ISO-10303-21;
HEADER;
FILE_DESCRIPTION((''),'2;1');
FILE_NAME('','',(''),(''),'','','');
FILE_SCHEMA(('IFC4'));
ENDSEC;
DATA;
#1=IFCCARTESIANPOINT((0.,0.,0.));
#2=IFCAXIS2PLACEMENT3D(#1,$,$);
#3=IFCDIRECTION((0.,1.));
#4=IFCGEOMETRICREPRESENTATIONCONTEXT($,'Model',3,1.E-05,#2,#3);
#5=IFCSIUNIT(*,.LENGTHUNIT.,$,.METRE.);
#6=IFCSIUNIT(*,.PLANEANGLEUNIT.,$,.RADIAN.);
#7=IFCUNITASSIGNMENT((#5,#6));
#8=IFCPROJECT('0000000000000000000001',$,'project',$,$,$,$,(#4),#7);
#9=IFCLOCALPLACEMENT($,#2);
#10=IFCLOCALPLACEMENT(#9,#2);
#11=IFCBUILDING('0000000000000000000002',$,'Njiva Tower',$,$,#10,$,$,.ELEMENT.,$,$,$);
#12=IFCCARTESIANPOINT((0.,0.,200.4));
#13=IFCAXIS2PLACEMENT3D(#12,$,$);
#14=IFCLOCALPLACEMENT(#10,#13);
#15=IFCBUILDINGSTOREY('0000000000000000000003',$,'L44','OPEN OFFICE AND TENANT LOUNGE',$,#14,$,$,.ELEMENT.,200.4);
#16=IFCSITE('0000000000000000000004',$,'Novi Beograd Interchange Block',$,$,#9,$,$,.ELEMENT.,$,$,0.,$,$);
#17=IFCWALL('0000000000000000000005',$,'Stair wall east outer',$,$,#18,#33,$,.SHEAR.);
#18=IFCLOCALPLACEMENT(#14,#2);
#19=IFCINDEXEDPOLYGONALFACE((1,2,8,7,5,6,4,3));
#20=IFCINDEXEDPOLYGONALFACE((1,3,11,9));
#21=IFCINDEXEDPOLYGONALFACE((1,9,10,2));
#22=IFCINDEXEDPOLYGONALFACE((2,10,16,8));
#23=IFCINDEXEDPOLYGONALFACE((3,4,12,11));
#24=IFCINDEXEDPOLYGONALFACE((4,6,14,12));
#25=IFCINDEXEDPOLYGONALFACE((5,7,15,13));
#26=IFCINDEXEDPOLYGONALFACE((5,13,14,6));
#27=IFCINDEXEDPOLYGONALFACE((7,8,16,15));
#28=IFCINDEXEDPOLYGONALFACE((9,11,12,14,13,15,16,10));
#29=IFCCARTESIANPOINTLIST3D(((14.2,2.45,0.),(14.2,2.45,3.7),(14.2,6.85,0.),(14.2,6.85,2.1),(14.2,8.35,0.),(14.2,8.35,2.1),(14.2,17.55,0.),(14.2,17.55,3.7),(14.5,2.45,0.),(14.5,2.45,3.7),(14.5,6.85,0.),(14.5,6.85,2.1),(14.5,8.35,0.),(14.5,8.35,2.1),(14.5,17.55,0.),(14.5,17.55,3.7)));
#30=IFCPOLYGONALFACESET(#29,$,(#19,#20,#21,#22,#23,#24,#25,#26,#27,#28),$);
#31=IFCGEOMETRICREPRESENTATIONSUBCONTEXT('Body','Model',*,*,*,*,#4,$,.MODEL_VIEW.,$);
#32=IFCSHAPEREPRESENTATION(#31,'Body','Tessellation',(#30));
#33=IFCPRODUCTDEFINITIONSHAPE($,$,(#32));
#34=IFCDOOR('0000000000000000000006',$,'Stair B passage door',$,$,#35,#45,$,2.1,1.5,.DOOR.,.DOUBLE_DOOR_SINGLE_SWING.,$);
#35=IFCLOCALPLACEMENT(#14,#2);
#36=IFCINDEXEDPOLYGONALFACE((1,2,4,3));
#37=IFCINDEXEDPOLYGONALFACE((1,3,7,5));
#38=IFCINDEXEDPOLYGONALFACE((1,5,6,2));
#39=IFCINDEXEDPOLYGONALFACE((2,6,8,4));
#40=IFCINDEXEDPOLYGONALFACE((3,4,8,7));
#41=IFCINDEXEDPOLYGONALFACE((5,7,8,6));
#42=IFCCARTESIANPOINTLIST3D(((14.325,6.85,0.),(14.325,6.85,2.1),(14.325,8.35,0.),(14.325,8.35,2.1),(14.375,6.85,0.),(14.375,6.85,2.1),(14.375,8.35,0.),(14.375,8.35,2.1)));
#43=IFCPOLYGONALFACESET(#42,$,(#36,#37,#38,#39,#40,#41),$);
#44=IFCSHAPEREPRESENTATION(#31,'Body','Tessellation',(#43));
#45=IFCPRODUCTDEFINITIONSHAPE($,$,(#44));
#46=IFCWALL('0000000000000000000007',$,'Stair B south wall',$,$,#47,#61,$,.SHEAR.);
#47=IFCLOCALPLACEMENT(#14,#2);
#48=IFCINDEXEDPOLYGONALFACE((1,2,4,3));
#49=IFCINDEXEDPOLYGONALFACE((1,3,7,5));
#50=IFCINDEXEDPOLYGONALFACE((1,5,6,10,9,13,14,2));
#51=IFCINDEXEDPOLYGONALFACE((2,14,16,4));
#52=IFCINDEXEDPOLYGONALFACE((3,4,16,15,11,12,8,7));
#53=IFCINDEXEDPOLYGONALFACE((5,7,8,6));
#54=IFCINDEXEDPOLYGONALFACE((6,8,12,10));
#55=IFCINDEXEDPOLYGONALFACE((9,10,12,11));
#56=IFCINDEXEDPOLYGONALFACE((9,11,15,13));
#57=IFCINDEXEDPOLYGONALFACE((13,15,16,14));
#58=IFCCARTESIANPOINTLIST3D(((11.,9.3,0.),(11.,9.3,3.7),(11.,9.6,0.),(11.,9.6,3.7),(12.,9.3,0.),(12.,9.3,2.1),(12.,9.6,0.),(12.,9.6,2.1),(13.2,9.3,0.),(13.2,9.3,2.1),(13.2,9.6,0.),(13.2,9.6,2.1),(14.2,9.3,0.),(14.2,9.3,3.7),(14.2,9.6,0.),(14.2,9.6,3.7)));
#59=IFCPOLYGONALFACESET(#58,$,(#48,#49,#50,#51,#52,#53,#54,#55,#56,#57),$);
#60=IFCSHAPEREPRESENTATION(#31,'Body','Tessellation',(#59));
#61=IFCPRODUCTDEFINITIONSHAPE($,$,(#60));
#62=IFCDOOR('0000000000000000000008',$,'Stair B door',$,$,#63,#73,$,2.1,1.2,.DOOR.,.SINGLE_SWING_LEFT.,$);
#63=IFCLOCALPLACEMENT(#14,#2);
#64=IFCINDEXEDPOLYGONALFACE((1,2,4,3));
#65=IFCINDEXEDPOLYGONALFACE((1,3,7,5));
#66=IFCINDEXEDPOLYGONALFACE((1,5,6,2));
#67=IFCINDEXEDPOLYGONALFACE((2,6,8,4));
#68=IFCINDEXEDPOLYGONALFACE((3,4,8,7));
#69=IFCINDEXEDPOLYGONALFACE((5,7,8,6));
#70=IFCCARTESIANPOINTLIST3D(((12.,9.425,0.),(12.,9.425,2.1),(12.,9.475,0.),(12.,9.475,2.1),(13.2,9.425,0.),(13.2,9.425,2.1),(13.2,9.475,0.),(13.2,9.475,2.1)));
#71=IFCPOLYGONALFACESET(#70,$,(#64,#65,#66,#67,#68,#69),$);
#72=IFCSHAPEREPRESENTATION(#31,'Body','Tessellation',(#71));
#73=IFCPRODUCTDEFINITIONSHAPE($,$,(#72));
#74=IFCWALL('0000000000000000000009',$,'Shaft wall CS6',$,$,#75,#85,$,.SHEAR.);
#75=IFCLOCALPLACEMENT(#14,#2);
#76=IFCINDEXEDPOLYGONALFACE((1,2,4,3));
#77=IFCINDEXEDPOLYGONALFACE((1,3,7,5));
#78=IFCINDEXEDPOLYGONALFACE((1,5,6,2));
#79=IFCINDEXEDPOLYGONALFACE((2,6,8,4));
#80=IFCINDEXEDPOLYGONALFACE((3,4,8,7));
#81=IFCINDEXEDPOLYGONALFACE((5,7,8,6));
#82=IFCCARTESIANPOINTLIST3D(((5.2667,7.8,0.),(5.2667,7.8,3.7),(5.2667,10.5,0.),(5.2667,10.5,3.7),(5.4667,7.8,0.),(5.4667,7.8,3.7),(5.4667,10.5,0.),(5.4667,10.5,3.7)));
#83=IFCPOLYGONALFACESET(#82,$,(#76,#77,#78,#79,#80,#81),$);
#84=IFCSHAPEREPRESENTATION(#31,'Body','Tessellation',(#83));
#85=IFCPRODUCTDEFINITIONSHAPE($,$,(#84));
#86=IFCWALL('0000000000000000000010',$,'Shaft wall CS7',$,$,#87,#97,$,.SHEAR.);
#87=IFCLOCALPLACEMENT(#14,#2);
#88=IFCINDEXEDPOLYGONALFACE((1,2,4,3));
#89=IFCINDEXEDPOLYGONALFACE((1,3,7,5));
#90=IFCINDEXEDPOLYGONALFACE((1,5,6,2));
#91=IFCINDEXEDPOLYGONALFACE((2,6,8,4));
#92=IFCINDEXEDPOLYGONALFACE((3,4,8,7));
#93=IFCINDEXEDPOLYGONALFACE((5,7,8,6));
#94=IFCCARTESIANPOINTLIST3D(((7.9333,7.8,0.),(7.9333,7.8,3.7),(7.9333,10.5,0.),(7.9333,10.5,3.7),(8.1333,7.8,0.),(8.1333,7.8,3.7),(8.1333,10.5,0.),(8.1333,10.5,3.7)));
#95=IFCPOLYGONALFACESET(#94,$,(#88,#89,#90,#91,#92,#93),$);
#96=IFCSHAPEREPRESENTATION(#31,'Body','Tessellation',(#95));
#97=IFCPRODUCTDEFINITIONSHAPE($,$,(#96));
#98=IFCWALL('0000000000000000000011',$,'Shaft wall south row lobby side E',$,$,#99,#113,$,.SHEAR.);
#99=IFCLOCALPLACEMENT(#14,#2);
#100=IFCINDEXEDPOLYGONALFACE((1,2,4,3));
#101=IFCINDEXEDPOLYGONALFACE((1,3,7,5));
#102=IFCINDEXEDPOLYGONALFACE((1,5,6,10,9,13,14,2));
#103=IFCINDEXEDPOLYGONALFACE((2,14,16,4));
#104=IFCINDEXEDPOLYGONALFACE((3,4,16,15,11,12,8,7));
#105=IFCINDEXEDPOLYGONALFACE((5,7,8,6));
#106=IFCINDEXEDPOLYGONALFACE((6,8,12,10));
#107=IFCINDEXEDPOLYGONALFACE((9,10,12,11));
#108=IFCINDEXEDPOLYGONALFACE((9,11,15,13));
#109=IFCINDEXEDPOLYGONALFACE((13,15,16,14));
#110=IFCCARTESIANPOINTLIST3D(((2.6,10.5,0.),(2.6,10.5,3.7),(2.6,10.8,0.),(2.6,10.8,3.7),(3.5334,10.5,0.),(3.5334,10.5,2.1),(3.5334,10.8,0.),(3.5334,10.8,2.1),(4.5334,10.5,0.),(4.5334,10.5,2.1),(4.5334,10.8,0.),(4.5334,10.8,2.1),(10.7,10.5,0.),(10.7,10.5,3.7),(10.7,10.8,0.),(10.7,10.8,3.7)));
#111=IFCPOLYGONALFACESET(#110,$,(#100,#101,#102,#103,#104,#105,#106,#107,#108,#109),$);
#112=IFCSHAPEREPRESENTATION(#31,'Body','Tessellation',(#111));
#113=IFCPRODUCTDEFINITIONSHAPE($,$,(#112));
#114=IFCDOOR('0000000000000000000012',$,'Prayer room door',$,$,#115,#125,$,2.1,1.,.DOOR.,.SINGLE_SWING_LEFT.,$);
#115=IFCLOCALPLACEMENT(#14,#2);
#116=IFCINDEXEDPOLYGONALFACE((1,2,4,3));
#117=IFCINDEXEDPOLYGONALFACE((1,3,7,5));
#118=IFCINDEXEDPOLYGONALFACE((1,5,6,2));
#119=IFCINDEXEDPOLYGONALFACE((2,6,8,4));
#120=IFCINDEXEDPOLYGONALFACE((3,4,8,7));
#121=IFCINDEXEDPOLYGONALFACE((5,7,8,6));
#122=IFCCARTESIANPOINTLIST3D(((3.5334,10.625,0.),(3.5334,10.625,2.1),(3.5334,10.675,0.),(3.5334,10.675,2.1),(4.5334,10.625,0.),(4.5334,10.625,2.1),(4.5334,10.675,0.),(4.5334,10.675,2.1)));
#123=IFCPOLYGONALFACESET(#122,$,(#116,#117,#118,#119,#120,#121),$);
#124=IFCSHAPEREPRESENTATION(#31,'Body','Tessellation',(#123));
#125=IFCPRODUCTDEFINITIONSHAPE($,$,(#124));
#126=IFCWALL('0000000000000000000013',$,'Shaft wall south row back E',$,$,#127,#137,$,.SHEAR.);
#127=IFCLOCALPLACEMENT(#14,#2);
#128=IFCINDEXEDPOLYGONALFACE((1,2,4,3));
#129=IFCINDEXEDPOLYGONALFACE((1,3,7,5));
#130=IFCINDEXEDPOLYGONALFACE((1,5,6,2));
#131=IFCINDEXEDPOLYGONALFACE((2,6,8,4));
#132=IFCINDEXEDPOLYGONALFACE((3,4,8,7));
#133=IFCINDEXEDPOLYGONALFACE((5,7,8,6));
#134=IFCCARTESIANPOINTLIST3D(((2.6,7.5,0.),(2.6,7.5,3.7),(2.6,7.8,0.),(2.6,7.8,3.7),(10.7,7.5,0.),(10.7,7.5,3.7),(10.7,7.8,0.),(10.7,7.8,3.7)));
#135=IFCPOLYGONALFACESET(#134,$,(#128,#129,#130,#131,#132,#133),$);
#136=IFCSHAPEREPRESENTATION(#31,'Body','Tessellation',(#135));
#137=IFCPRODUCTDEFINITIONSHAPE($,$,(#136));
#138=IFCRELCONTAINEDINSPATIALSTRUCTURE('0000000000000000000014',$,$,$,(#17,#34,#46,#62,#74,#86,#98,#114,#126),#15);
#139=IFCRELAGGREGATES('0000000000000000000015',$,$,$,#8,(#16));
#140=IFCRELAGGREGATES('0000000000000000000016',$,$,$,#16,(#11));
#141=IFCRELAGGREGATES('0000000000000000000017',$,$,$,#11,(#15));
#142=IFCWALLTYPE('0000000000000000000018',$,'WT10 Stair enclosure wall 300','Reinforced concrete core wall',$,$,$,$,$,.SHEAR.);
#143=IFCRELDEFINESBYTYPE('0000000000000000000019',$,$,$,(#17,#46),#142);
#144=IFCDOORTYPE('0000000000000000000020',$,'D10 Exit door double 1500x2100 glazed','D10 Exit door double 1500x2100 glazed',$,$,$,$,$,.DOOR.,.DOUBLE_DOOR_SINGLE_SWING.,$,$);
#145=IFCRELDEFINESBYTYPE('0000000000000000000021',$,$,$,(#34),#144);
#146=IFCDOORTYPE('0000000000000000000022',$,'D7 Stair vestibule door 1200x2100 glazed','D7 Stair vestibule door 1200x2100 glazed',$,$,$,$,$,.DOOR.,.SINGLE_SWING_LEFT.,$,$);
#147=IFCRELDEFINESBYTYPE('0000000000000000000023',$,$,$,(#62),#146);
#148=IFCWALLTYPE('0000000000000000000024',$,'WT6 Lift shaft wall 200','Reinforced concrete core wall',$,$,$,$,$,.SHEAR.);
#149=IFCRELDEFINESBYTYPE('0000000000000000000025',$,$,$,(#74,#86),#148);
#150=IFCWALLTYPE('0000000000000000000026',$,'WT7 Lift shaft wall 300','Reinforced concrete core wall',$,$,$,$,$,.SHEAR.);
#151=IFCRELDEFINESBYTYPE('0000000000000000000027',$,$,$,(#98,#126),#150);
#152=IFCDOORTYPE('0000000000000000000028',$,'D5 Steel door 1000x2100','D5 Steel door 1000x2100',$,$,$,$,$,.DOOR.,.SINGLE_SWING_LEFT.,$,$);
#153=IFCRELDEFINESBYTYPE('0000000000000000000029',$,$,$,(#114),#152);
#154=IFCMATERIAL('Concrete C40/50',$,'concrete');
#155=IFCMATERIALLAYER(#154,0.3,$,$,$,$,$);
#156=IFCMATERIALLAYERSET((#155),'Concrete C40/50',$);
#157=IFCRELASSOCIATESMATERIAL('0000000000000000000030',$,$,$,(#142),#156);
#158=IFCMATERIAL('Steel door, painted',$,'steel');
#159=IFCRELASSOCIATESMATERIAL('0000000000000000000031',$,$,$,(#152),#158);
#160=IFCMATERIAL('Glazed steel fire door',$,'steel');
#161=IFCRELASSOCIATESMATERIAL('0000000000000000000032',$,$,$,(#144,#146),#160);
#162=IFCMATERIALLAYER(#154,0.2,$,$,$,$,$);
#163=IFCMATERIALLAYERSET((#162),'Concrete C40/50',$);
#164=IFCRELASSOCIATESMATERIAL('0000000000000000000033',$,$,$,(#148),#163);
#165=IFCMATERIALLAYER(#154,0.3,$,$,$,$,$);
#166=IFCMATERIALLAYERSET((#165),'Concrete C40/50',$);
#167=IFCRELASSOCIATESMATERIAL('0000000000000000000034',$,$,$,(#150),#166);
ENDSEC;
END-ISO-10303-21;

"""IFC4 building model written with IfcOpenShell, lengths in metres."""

from ifc_helpers import new_model, si_unit, direction, frame, frame_2d, origin, place, context, subcontext, project, spatial, rectangle, extrude, material, layer, layer_set, type_object, element, fill, save


model = new_model("IFC4")

# Units and contexts
model_context = context("Model", 3, precision=1e-05, world=origin(), true_north=direction((0.0, 1.0)))
body_context = subcontext(model_context, "Body", "Model", "MODEL_VIEW")
ifc_project = project(units=[si_unit("LENGTHUNIT", "METRE"), si_unit("PLANEANGLEUNIT", "RADIAN")], contexts=[model_context])

# Site, building, storey
site_placement = place(None, origin())
site = spatial("IfcSite", under=ifc_project, at=site_placement, Name="Novi Beograd Interchange Block", CompositionType="ELEMENT", RefElevation=0.0)
building_placement = place(site_placement, origin())
building = spatial("IfcBuilding", under=site, at=building_placement, Name="Njiva Tower", CompositionType="ELEMENT")
storey_placement = place(building_placement, frame((0.0, 0.0, 200.4)))
storey = spatial("IfcBuildingStorey", under=building, at=storey_placement, Name="L44", Description="OPEN OFFICE AND TENANT LOUNGE", CompositionType="ELEMENT", Elevation=200.4)

# Shared definitions
ifc_material_1 = material(Name="Concrete C40/50", Category="concrete")
ifc_layer_1 = layer(ifc_material_1, 0.3)
ifc_layer_set_1 = layer_set([ifc_layer_1], Name="Concrete C40/50")
wall_type_1 = type_object("IfcWallType", Name="WT10 Stair enclosure wall 300", Description="Reinforced concrete core wall", PredefinedType="SHEAR", material=ifc_layer_set_1)
ifc_material_2 = material(Name="Steel door, painted", Category="steel")
door_type_1 = type_object("IfcDoorType", Name="D5 Steel door 1000x2100", Description="D5 Steel door 1000x2100", OperationType="SINGLE_SWING_LEFT", PredefinedType="DOOR", material=ifc_material_2)
ifc_material_3 = material(Name="Glazed steel fire door", Category="steel")

# Walls, openings, doors
wall_1_placement = place(storey_placement, frame((14.35, 2.45, 0.0), z_axis=(0.0, 0.0, 1.0), x_axis=(0.0, 1.0, 0.0)))
wall_1 = element("IfcWall", 1, at=wall_1_placement, inside=storey, type_object=wall_type_1, Name="Stair wall east outer", PredefinedType="SHEAR", context=body_context, shape_type="SweptSolid", body=[
    extrude(rectangle(XDim=15.1, YDim=0.3, at=frame_2d((7.55, 0.0))), origin(), (0.0, 0.0, 1.0), 3.7),
])
opening_1_placement = place(wall_1_placement, frame((4.4, 0.0, 0.0)))
opening_1 = element("IfcOpeningElement", 2, at=opening_1_placement, cuts=wall_1, PredefinedType="OPENING", context=body_context, shape_type="SweptSolid", body=[
    extrude(rectangle(XDim=1.5, YDim=2.1, at=frame_2d((0.75, 1.05))), frame((0.0, 0.16, 0.0), z_axis=(0.0, -1.0, 0.0), x_axis=(1.0, 0.0, 0.0)), (0.0, 0.0, 1.0), 0.32),
])
door_type_2 = type_object("IfcDoorType", Name="D10 Exit door double 1500x2100 glazed", Description="D10 Exit door double 1500x2100 glazed", OperationType="DOUBLE_DOOR_SINGLE_SWING", PredefinedType="DOOR", material=ifc_material_3)
door_1_placement = place(opening_1_placement, origin())
door_1 = element("IfcDoor", 3, at=door_1_placement, inside=storey, type_object=door_type_2, Name="Stair B passage door", OperationType="DOUBLE_DOOR_SINGLE_SWING", OverallHeight=2.1, OverallWidth=1.5, PredefinedType="DOOR", context=body_context, shape_type="SweptSolid", body=[
    extrude(rectangle(XDim=1.5, YDim=2.1, at=frame_2d((0.75, 1.05))), frame((0.0, 0.025, 0.0), z_axis=(0.0, -1.0, 0.0), x_axis=(1.0, 0.0, 0.0)), (0.0, 0.0, 1.0), 0.05),
])
fill(opening_1, door_1)
wall_2_placement = place(storey_placement, frame((11.0, 9.45, 0.0), z_axis=(0.0, 0.0, 1.0), x_axis=(1.0, 0.0, 0.0)))
wall_2 = element("IfcWall", 4, at=wall_2_placement, inside=storey, type_object=wall_type_1, Name="Stair B south wall", PredefinedType="SHEAR", context=body_context, shape_type="SweptSolid", body=[
    extrude(rectangle(XDim=3.2, YDim=0.3, at=frame_2d((1.6, 0.0))), origin(), (0.0, 0.0, 1.0), 3.7),
])
opening_2_placement = place(wall_2_placement, frame((1.0, 0.0, 0.0)))
opening_2 = element("IfcOpeningElement", 5, at=opening_2_placement, cuts=wall_2, PredefinedType="OPENING", context=body_context, shape_type="SweptSolid", body=[
    extrude(rectangle(XDim=1.2, YDim=2.1, at=frame_2d((0.6, 1.05))), frame((0.0, 0.16, 0.0), z_axis=(0.0, -1.0, 0.0), x_axis=(1.0, 0.0, 0.0)), (0.0, 0.0, 1.0), 0.32),
])
door_type_3 = type_object("IfcDoorType", Name="D7 Stair vestibule door 1200x2100 glazed", Description="D7 Stair vestibule door 1200x2100 glazed", OperationType="SINGLE_SWING_LEFT", PredefinedType="DOOR", material=ifc_material_3)
door_2_placement = place(opening_2_placement, origin())
door_2 = element("IfcDoor", 6, at=door_2_placement, inside=storey, type_object=door_type_3, Name="Stair B door", OperationType="SINGLE_SWING_LEFT", OverallHeight=2.1, OverallWidth=1.2, PredefinedType="DOOR", context=body_context, shape_type="SweptSolid", body=[
    extrude(rectangle(XDim=1.2, YDim=2.1, at=frame_2d((0.6, 1.05))), frame((0.0, 0.025, 0.0), z_axis=(0.0, -1.0, 0.0), x_axis=(1.0, 0.0, 0.0)), (0.0, 0.0, 1.0), 0.05),
])
fill(opening_2, door_2)

# Walls
ifc_layer_2 = layer(ifc_material_1, 0.2)
ifc_layer_set_2 = layer_set([ifc_layer_2], Name="Concrete C40/50")
wall_type_2 = type_object("IfcWallType", Name="WT6 Lift shaft wall 200", Description="Reinforced concrete core wall", PredefinedType="SHEAR", material=ifc_layer_set_2)
for number, where, z_axis, x_axis, name in (
    (7, (5.3667, 7.8, 0.0), (0.0, 0.0, 1.0), (0.0, 1.0, 0.0), "Shaft wall CS6"),
    (8, (8.0333, 7.8, 0.0), (0.0, 0.0, 1.0), (0.0, 1.0, 0.0), "Shaft wall CS7"),
):
    element("IfcWall", number, at=place(storey_placement, frame(where, z_axis=z_axis, x_axis=x_axis)), inside=storey, type_object=wall_type_2, Name=name, PredefinedType="SHEAR", context=body_context, shape_type="SweptSolid", body=[
        extrude(rectangle(XDim=2.7, YDim=0.2, at=frame_2d((1.35, 0.0))), origin(), (0.0, 0.0, 1.0), 3.7),
    ])

# Wall, opening, door
ifc_layer_3 = layer(ifc_material_1, 0.3)
ifc_layer_set_3 = layer_set([ifc_layer_3], Name="Concrete C40/50")
wall_type_3 = type_object("IfcWallType", Name="WT7 Lift shaft wall 300", Description="Reinforced concrete core wall", PredefinedType="SHEAR", material=ifc_layer_set_3)
wall_3_placement = place(storey_placement, frame((2.6, 10.65, 0.0), z_axis=(0.0, 0.0, 1.0), x_axis=(1.0, 0.0, 0.0)))
wall_3 = element("IfcWall", 9, at=wall_3_placement, inside=storey, type_object=wall_type_3, Name="Shaft wall south row lobby side E", PredefinedType="SHEAR", context=body_context, shape_type="SweptSolid", body=[
    extrude(rectangle(XDim=8.1, YDim=0.3, at=frame_2d((4.05, 0.0))), origin(), (0.0, 0.0, 1.0), 3.7),
])
opening_3_placement = place(wall_3_placement, frame((0.9334, 0.0, 0.0)))
opening_3 = element("IfcOpeningElement", 10, at=opening_3_placement, cuts=wall_3, PredefinedType="OPENING", context=body_context, shape_type="SweptSolid", body=[
    extrude(rectangle(XDim=1.0, YDim=2.1, at=frame_2d((0.5, 1.05))), frame((0.0, 0.16, 0.0), z_axis=(0.0, -1.0, 0.0), x_axis=(1.0, 0.0, 0.0)), (0.0, 0.0, 1.0), 0.32),
])
door_3_placement = place(opening_3_placement, origin())
door_3 = element("IfcDoor", 11, at=door_3_placement, inside=storey, type_object=door_type_1, Name="Prayer room door", OperationType="SINGLE_SWING_LEFT", OverallHeight=2.1, OverallWidth=1.0, PredefinedType="DOOR", context=body_context, shape_type="SweptSolid", body=[
    extrude(rectangle(XDim=1.0, YDim=2.1, at=frame_2d((0.5, 1.05))), frame((0.0, 0.025, 0.0), z_axis=(0.0, -1.0, 0.0), x_axis=(1.0, 0.0, 0.0)), (0.0, 0.0, 1.0), 0.05),
])
fill(opening_3, door_3)

# Wall
wall_4_placement = place(storey_placement, frame((2.6, 7.65, 0.0), z_axis=(0.0, 0.0, 1.0), x_axis=(1.0, 0.0, 0.0)))
element("IfcWall", 12, at=wall_4_placement, inside=storey, type_object=wall_type_3, Name="Shaft wall south row back E", PredefinedType="SHEAR", context=body_context, shape_type="SweptSolid", body=[
    extrude(rectangle(XDim=8.1, YDim=0.3, at=frame_2d((4.05, 0.0))), origin(), (0.0, 0.0, 1.0), 3.7),
])

save(model, "model.ifc")
